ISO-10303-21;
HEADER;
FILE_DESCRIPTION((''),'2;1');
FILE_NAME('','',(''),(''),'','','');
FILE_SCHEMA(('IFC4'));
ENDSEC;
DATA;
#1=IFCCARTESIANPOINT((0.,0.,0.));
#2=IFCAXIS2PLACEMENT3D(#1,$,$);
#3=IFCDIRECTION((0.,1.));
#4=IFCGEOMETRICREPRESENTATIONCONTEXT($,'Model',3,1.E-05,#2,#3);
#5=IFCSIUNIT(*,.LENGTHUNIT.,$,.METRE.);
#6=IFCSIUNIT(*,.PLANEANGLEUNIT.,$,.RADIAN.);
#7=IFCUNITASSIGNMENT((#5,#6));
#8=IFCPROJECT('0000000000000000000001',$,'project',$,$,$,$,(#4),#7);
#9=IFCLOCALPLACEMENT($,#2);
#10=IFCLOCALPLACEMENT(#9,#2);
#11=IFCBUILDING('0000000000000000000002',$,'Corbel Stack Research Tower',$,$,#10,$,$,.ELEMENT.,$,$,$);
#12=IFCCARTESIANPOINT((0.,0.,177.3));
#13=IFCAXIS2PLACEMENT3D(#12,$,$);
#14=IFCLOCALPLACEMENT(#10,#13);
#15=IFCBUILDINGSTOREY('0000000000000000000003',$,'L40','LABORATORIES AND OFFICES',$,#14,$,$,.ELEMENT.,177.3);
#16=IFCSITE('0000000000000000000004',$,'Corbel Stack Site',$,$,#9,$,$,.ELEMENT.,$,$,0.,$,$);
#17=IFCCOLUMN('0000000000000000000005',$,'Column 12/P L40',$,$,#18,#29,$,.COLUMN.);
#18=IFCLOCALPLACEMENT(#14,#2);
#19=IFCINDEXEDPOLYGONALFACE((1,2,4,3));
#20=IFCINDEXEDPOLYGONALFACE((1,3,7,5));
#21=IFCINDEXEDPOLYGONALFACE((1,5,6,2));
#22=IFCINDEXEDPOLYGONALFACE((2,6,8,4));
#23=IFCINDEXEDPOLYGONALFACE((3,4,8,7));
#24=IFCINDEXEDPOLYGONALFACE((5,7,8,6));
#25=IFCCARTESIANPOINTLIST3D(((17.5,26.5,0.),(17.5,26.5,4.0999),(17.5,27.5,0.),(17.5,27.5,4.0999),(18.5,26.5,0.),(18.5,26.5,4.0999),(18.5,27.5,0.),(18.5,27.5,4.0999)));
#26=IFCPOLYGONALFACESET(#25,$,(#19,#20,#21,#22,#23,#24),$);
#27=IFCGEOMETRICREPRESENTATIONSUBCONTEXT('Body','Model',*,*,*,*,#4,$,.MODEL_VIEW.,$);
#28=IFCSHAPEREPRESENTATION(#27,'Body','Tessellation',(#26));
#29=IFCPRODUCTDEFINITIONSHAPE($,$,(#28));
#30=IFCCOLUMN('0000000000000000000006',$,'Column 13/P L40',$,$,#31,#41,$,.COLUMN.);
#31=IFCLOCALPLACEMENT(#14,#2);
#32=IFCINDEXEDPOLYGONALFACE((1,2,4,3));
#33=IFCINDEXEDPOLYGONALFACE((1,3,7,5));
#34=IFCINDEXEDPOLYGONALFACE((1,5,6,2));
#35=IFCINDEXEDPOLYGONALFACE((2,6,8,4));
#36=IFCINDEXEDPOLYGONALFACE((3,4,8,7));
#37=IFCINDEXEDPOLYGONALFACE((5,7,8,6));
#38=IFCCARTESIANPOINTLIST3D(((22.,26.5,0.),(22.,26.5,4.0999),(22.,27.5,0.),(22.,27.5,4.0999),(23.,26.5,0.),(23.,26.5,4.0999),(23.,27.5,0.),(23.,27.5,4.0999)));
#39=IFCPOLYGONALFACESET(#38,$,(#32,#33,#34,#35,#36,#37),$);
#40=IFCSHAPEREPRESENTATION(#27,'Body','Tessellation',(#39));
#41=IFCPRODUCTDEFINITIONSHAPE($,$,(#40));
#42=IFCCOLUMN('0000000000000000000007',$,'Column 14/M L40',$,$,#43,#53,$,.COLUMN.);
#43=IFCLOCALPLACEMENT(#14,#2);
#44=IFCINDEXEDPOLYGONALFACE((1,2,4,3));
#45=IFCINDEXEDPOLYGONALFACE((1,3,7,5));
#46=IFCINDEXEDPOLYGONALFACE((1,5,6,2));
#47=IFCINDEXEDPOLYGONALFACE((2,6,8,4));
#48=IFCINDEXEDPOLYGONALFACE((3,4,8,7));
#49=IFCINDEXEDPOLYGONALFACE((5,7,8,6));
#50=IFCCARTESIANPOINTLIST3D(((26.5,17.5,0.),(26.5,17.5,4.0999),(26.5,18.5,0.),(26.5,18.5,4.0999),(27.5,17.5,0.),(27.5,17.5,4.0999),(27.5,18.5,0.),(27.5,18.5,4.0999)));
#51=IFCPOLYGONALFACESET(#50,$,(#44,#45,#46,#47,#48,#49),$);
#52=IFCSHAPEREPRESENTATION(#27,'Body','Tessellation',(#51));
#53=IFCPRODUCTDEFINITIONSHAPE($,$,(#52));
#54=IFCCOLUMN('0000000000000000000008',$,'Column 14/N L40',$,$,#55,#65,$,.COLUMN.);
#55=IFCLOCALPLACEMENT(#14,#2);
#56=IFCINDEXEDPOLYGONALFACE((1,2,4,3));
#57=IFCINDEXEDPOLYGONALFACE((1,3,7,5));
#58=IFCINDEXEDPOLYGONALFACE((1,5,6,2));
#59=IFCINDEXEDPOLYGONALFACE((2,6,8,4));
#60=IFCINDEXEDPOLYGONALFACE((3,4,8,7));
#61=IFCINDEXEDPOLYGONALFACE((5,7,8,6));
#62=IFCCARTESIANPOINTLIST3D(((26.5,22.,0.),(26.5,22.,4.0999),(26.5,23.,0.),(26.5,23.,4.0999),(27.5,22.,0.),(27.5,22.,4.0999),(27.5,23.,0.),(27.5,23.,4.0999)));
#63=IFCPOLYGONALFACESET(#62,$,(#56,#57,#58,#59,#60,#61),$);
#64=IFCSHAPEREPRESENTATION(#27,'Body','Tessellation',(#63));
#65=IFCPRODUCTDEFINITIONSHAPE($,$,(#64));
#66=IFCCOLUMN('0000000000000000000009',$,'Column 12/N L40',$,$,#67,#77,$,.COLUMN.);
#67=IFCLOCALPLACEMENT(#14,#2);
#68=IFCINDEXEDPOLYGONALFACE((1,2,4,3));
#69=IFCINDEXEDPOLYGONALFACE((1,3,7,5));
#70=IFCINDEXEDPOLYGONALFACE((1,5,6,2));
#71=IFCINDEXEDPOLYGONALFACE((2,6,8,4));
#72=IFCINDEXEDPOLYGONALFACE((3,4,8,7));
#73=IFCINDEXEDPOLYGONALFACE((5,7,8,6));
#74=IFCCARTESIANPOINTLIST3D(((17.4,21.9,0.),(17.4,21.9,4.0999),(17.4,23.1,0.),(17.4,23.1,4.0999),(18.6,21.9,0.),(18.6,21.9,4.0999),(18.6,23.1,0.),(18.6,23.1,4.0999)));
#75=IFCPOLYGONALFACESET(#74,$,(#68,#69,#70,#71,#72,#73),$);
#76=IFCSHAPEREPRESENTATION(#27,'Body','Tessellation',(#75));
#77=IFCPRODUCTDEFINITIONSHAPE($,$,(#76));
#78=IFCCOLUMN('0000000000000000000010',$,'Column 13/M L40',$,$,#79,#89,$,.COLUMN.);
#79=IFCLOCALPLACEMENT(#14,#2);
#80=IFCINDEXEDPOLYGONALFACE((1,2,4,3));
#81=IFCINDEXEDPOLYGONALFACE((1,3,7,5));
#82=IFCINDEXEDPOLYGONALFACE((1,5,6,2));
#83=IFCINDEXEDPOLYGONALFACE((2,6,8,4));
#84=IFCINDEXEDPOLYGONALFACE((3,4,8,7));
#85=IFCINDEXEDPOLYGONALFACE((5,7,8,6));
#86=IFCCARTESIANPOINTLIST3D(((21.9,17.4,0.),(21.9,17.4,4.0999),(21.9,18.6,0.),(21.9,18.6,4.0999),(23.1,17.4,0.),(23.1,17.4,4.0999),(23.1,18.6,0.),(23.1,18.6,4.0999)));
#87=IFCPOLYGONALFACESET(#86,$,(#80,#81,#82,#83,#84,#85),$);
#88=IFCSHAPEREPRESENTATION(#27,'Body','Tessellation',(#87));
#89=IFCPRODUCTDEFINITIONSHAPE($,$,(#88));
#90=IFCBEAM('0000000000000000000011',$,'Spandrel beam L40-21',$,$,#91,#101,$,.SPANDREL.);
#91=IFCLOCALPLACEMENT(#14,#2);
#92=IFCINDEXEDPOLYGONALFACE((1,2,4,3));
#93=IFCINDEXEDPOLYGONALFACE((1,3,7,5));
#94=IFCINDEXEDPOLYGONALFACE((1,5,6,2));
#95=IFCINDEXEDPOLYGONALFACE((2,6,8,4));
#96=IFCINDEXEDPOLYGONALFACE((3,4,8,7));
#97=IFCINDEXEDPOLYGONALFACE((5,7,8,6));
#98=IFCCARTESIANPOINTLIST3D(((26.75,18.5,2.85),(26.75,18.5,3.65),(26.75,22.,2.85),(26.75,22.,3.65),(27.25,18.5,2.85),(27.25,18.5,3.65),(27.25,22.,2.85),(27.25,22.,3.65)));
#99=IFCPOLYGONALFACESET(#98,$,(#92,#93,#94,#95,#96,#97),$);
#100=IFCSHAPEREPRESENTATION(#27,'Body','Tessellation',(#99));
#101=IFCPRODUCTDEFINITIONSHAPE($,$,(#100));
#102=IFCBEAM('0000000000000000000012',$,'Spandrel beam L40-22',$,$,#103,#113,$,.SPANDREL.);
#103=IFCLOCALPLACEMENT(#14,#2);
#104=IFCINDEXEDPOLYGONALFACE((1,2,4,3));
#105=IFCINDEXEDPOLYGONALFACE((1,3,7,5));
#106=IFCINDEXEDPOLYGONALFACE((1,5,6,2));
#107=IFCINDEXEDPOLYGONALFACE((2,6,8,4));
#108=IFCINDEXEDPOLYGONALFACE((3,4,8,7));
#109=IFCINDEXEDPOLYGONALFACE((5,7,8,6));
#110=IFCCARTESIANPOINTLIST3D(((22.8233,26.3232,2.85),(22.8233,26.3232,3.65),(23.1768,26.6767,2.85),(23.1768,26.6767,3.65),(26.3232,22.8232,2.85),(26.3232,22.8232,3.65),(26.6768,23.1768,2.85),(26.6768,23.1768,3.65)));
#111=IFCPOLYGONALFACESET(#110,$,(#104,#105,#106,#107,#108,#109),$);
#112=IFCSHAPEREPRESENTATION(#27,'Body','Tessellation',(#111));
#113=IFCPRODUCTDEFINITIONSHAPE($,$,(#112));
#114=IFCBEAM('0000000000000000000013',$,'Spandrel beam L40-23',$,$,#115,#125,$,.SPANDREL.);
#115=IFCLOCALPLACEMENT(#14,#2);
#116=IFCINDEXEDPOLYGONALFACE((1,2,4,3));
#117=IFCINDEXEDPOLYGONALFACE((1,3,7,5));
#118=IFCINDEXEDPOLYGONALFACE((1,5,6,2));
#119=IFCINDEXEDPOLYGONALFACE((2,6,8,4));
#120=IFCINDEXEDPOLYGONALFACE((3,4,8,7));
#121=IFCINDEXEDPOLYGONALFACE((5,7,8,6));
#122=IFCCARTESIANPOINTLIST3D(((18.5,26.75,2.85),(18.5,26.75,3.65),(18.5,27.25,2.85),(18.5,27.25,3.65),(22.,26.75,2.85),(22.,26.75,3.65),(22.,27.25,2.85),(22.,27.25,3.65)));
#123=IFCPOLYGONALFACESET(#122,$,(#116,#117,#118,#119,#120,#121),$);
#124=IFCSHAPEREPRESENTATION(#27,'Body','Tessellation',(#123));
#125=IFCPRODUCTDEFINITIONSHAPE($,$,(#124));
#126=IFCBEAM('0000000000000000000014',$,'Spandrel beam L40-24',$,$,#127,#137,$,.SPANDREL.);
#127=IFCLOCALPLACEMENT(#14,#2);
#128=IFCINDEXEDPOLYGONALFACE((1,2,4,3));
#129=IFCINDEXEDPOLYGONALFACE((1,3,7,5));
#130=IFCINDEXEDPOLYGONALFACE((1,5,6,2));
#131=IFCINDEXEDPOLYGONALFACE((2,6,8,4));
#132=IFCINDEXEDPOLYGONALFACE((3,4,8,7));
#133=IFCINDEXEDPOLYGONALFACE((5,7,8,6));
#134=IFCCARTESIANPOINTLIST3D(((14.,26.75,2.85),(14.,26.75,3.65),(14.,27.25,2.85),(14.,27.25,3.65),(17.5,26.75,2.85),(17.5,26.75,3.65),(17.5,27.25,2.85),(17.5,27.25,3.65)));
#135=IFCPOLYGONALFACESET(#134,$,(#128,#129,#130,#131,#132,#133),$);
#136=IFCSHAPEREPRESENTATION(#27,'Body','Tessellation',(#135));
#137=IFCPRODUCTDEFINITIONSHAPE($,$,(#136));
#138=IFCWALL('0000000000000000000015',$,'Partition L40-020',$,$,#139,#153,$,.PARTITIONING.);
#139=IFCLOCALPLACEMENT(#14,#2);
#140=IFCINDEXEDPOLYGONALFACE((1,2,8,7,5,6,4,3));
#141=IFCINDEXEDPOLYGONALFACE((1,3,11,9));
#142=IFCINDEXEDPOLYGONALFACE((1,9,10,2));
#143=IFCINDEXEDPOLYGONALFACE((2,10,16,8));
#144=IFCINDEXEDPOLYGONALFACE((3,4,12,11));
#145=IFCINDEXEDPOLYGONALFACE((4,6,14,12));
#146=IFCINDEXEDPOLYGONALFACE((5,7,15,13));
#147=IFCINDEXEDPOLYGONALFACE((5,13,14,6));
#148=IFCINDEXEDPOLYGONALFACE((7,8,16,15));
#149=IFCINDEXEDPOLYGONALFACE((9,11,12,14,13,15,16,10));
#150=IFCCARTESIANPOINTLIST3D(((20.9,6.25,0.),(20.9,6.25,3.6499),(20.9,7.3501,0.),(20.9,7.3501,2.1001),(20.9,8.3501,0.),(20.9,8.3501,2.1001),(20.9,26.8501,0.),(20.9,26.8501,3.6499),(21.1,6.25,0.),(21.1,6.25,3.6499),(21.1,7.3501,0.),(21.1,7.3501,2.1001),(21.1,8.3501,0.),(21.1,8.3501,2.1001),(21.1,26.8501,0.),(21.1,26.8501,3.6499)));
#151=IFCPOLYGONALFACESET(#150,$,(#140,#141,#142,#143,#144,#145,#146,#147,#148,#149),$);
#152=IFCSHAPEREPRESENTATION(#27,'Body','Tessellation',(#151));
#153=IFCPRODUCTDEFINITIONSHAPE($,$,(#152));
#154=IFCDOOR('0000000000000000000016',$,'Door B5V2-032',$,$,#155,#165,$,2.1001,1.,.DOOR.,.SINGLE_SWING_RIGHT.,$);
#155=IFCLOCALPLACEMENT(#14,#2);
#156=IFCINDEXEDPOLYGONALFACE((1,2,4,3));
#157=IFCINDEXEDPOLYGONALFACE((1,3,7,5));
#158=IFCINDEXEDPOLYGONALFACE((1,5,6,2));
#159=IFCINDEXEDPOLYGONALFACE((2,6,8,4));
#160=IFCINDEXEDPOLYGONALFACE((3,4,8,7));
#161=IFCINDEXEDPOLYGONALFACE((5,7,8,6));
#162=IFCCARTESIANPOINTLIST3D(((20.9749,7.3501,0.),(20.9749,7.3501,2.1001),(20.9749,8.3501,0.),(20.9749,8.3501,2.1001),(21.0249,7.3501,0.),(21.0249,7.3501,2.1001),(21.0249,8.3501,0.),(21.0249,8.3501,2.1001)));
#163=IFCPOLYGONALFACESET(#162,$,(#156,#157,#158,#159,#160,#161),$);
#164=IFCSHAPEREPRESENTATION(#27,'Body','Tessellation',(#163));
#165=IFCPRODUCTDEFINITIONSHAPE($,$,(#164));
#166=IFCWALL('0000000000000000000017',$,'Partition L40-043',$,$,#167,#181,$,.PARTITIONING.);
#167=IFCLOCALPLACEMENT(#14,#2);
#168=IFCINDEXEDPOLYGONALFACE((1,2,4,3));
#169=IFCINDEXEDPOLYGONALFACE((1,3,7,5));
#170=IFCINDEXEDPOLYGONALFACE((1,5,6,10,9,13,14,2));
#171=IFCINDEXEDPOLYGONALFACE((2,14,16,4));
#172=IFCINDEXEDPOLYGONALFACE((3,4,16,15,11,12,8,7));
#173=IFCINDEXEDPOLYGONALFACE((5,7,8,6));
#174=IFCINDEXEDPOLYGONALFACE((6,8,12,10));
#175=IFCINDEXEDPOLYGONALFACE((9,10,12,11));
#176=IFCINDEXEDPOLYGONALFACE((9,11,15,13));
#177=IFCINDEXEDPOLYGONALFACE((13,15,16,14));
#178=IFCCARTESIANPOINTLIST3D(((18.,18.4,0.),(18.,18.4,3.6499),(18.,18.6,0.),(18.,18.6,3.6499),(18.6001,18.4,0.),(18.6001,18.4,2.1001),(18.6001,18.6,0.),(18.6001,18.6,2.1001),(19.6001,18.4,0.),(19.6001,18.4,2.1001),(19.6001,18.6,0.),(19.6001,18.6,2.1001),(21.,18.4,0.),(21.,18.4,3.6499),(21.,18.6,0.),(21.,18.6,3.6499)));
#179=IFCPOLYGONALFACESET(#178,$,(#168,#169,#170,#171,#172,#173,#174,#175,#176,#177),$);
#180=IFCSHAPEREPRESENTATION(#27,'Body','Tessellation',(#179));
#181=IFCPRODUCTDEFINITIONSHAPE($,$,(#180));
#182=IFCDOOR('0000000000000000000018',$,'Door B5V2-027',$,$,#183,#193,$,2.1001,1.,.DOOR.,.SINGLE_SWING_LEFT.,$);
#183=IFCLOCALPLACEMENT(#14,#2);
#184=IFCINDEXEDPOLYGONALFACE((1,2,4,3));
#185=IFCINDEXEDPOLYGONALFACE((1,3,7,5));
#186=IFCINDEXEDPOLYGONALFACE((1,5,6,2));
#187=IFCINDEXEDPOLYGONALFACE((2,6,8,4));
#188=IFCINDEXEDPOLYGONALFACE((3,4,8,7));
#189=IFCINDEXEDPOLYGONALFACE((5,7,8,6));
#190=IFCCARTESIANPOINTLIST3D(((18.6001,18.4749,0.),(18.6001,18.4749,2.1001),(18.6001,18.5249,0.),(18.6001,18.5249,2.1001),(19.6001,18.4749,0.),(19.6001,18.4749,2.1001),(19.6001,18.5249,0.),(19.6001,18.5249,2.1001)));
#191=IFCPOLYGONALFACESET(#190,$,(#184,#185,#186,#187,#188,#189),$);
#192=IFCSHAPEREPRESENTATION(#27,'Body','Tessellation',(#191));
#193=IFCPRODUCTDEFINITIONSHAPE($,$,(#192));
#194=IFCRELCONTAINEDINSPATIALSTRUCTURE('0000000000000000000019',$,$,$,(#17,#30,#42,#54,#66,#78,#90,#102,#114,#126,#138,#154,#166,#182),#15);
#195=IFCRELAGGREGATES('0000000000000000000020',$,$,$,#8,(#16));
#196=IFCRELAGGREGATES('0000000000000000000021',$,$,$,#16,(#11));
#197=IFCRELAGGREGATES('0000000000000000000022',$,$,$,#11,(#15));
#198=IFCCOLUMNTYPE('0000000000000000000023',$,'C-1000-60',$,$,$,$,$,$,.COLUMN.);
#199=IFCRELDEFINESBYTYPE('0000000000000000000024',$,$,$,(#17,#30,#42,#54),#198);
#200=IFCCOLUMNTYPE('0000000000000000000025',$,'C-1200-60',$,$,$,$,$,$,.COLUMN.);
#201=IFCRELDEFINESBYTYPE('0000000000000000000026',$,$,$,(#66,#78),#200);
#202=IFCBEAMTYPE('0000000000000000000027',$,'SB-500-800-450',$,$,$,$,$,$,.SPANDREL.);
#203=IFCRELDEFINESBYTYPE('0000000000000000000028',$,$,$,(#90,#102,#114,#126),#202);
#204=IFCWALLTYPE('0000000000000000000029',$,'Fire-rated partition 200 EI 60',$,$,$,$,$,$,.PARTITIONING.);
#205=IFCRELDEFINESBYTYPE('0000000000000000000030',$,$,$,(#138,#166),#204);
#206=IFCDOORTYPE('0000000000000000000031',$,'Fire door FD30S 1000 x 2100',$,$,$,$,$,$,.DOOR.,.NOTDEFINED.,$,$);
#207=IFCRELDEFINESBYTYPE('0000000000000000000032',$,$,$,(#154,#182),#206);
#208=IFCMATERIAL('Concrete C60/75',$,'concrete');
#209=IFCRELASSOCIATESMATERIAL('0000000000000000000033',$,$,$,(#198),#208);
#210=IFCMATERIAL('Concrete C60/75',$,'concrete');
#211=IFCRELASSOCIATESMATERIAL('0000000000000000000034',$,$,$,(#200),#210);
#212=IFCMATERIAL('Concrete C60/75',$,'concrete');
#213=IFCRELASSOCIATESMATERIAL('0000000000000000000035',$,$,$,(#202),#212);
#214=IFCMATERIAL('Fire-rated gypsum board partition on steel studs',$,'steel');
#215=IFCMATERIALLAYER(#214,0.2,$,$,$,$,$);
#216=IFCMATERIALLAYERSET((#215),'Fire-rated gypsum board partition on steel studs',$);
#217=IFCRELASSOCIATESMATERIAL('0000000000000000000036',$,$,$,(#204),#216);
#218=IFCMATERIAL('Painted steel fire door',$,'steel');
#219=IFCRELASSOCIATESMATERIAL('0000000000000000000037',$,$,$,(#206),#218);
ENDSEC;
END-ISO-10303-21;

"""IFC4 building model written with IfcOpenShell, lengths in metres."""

from ifc_helpers import new_model, si_unit, direction, frame, frame_2d, origin, origin_2d, place, context, subcontext, project, spatial, rectangle, extrude, material, layer, layer_set, material_profile, profile_set, type_object, element, fill, save


model = new_model("IFC4")

# Units and contexts
model_context = context("Model", 3, precision=1e-05, world=origin(), true_north=direction((0.0, 1.0)))
body_context = subcontext(model_context, "Body", "Model", "MODEL_VIEW")
ifc_project = project(units=[si_unit("LENGTHUNIT", "METRE"), si_unit("PLANEANGLEUNIT", "RADIAN")], contexts=[model_context])

# Site, building, storey
site_placement = place(None, origin())
site = spatial("IfcSite", under=ifc_project, at=site_placement, Name="Corbel Stack Site", CompositionType="ELEMENT", RefElevation=0.0)
building_placement = place(site_placement, origin())
building = spatial("IfcBuilding", under=site, at=building_placement, Name="Corbel Stack Research Tower", CompositionType="ELEMENT")
storey_placement = place(building_placement, frame((0.0, 0.0, 177.3)))
storey = spatial("IfcBuildingStorey", under=building, at=storey_placement, Name="L40", Description="LABORATORIES AND OFFICES", CompositionType="ELEMENT", Elevation=177.3)

# Columns
ifc_material_1 = material(Name="Concrete C60/75", Category="concrete")
ifc_material_profile_1 = material_profile(ifc_material_1, rectangle(XDim=1.0, YDim=1.0, at=origin_2d()), Name="RC 1000 x 1000")
ifc_profile_set_1 = profile_set([ifc_material_profile_1], Name="Concrete C60/75")
column_type_1 = type_object("IfcColumnType", Name="C-1000-60", PredefinedType="COLUMN", material=ifc_profile_set_1)
for number, where, z_axis, x_axis, name in (
    (1, (18.0, 27.0, 0.0), (0.0, 0.0, 1.0), (1.0, 0.0, 0.0), "Column 12/P L40"),
    (2, (22.5, 27.0, 0.0), (0.0, 0.0, 1.0), (1.0, 0.0, 0.0), "Column 13/P L40"),
    (3, (27.0, 18.0, 0.0), (0.0, 0.0, 1.0), (1.0, 0.0, 0.0), "Column 14/M L40"),
    (4, (27.0, 22.5, 0.0), (0.0, 0.0, 1.0), (1.0, 0.0, 0.0), "Column 14/N L40"),
):
    element("IfcColumn", number, at=place(storey_placement, frame(where, z_axis=z_axis, x_axis=x_axis)), inside=storey, type_object=column_type_1, Name=name, PredefinedType="COLUMN", context=body_context, shape_type="SweptSolid", body=[
        extrude(rectangle(XDim=1.0, YDim=1.0, at=origin_2d()), origin(), (0.0, 0.0, 1.0), 4.0999),
    ])
ifc_material_2 = material(Name="Concrete C60/75", Category="concrete")
ifc_material_profile_2 = material_profile(ifc_material_2, rectangle(XDim=1.2, YDim=1.2, at=origin_2d()), Name="RC 1200 x 1200")
ifc_profile_set_2 = profile_set([ifc_material_profile_2], Name="Concrete C60/75")
column_type_2 = type_object("IfcColumnType", Name="C-1200-60", PredefinedType="COLUMN", material=ifc_profile_set_2)
for number, where, z_axis, x_axis, name in (
    (5, (18.0, 22.5, 0.0), (0.0, 0.0, 1.0), (1.0, 0.0, 0.0), "Column 12/N L40"),
    (6, (22.5, 18.0, 0.0), (0.0, 0.0, 1.0), (1.0, 0.0, 0.0), "Column 13/M L40"),
):
    element("IfcColumn", number, at=place(storey_placement, frame(where, z_axis=z_axis, x_axis=x_axis)), inside=storey, type_object=column_type_2, Name=name, PredefinedType="COLUMN", context=body_context, shape_type="SweptSolid", body=[
        extrude(rectangle(XDim=1.2, YDim=1.2, at=origin_2d()), origin(), (0.0, 0.0, 1.0), 4.0999),
    ])

# Beams
ifc_material_3 = material(Name="Concrete C60/75", Category="concrete")
ifc_material_profile_3 = material_profile(ifc_material_3, rectangle(XDim=0.5, YDim=0.8, at=origin_2d()), Name="RC 500 x 800")
ifc_profile_set_3 = profile_set([ifc_material_profile_3], Name="Concrete C60/75")
beam_type = type_object("IfcBeamType", Name="SB-500-800-450", PredefinedType="SPANDREL", material=ifc_profile_set_3)
beam_1_placement = place(storey_placement, frame((27.0, 18.5, 3.25), z_axis=(0.0, 1.0, 0.0), x_axis=(-1.0, 0.0, 0.0)))
element("IfcBeam", 7, at=beam_1_placement, inside=storey, type_object=beam_type, Name="Spandrel beam L40-21", PredefinedType="SPANDREL", context=body_context, shape_type="SweptSolid", body=[
    extrude(rectangle(XDim=0.5, YDim=0.8, at=origin_2d()), origin(), (0.0, 0.0, 1.0), 3.5),
])
beam_2_placement = place(storey_placement, frame((26.5, 23.0, 3.25), z_axis=(-0.707107, 0.707107, 0.0), x_axis=(-0.707107, -0.707107, 0.0)))
element("IfcBeam", 8, at=beam_2_placement, inside=storey, type_object=beam_type, Name="Spandrel beam L40-22", PredefinedType="SPANDREL", context=body_context, shape_type="SweptSolid", body=[
    extrude(rectangle(XDim=0.5, YDim=0.8, at=origin_2d()), origin(), (0.0, 0.0, 1.0), 4.9497),
])
for number, where, z_axis, x_axis, name in (
    (9, (22.0, 27.0, 3.25), (-1.0, 0.0, 0.0), (0.0, -1.0, 0.0), "Spandrel beam L40-23"),
    (10, (17.5, 27.0, 3.25), (-1.0, 0.0, 0.0), (0.0, -1.0, 0.0), "Spandrel beam L40-24"),
):
    element("IfcBeam", number, at=place(storey_placement, frame(where, z_axis=z_axis, x_axis=x_axis)), inside=storey, type_object=beam_type, Name=name, PredefinedType="SPANDREL", context=body_context, shape_type="SweptSolid", body=[
        extrude(rectangle(XDim=0.5, YDim=0.8, at=origin_2d()), origin(), (0.0, 0.0, 1.0), 3.5),
    ])

# Walls, openings, doors
ifc_material_4 = material(Name="Fire-rated gypsum board partition on steel studs", Category="steel")
ifc_layer_1 = layer(ifc_material_4, 0.2)
ifc_layer_set_1 = layer_set([ifc_layer_1], Name="Fire-rated gypsum board partition on steel studs")
wall_type_1 = type_object("IfcWallType", Name="Fire-rated partition 200 EI 60", PredefinedType="PARTITIONING", material=ifc_layer_set_1)
wall_1_placement = place(storey_placement, frame((21.0, 26.8501, 0.0), z_axis=(0.0, 0.0, 1.0), x_axis=(0.0, -1.0, 0.0)))
wall_1 = element("IfcWall", 11, at=wall_1_placement, inside=storey, type_object=wall_type_1, Name="Partition L40-020", PredefinedType="PARTITIONING", context=body_context, shape_type="SweptSolid", body=[
    extrude(rectangle(XDim=20.6001, YDim=0.2, at=frame_2d((10.3, 0.0))), origin(), (0.0, 0.0, 1.0), 3.6499),
])
opening_1_placement = place(wall_1_placement, frame((18.5, 0.0, 0.0)))
opening_1 = element("IfcOpeningElement", 12, at=opening_1_placement, cuts=wall_1, PredefinedType="OPENING", context=body_context, shape_type="SweptSolid", body=[
    extrude(rectangle(XDim=1.0, YDim=2.1001, at=frame_2d((0.5, 1.05))), frame((0.0, 0.1099, 0.0), z_axis=(0.0, -1.0, 0.0), x_axis=(1.0, 0.0, 0.0)), (0.0, 0.0, 1.0), 0.22),
])
ifc_material_5 = material(Name="Painted steel fire door", Category="steel")
door_type_1 = type_object("IfcDoorType", Name="Fire door FD30S 1000 x 2100", OperationType="NOTDEFINED", PredefinedType="DOOR", material=ifc_material_5)
door_1_placement = place(opening_1_placement, origin())
door_1 = element("IfcDoor", 13, at=door_1_placement, inside=storey, type_object=door_type_1, Name="Door B5V2-032", OperationType="SINGLE_SWING_RIGHT", OverallHeight=2.1001, OverallWidth=1.0, PredefinedType="DOOR", context=body_context, shape_type="SweptSolid", body=[
    extrude(rectangle(XDim=1.0, YDim=2.1001, at=frame_2d((0.5, 1.05))), frame((0.0, 0.0249, 0.0), z_axis=(0.0, -1.0, 0.0), x_axis=(1.0, 0.0, 0.0)), (0.0, 0.0, 1.0), 0.05),
])
fill(opening_1, door_1)
wall_2_placement = place(storey_placement, frame((18.0, 18.5, 0.0), z_axis=(0.0, 0.0, 1.0), x_axis=(1.0, 0.0, 0.0)))
wall_2 = element("IfcWall", 14, at=wall_2_placement, inside=storey, type_object=wall_type_1, Name="Partition L40-043", PredefinedType="PARTITIONING", context=body_context, shape_type="SweptSolid", body=[
    extrude(rectangle(XDim=3.0, YDim=0.2, at=frame_2d((1.5, 0.0))), origin(), (0.0, 0.0, 1.0), 3.6499),
])
opening_2_placement = place(wall_2_placement, frame((0.6001, 0.0, 0.0)))
opening_2 = element("IfcOpeningElement", 15, at=opening_2_placement, cuts=wall_2, PredefinedType="OPENING", context=body_context, shape_type="SweptSolid", body=[
    extrude(rectangle(XDim=1.0, YDim=2.1001, at=frame_2d((0.5, 1.05))), frame((0.0, 0.1099, 0.0), z_axis=(0.0, -1.0, 0.0), x_axis=(1.0, 0.0, 0.0)), (0.0, 0.0, 1.0), 0.22),
])
door_2_placement = place(opening_2_placement, origin())
door_2 = element("IfcDoor", 16, at=door_2_placement, inside=storey, type_object=door_type_1, Name="Door B5V2-027", OperationType="SINGLE_SWING_LEFT", OverallHeight=2.1001, OverallWidth=1.0, PredefinedType="DOOR", context=body_context, shape_type="SweptSolid", body=[
    extrude(rectangle(XDim=1.0, YDim=2.1001, at=frame_2d((0.5, 1.05))), frame((0.0, 0.0249, 0.0), z_axis=(0.0, -1.0, 0.0), x_axis=(1.0, 0.0, 0.0)), (0.0, 0.0, 1.0), 0.05),
])
fill(opening_2, door_2)

save(model, "model.ifc")
